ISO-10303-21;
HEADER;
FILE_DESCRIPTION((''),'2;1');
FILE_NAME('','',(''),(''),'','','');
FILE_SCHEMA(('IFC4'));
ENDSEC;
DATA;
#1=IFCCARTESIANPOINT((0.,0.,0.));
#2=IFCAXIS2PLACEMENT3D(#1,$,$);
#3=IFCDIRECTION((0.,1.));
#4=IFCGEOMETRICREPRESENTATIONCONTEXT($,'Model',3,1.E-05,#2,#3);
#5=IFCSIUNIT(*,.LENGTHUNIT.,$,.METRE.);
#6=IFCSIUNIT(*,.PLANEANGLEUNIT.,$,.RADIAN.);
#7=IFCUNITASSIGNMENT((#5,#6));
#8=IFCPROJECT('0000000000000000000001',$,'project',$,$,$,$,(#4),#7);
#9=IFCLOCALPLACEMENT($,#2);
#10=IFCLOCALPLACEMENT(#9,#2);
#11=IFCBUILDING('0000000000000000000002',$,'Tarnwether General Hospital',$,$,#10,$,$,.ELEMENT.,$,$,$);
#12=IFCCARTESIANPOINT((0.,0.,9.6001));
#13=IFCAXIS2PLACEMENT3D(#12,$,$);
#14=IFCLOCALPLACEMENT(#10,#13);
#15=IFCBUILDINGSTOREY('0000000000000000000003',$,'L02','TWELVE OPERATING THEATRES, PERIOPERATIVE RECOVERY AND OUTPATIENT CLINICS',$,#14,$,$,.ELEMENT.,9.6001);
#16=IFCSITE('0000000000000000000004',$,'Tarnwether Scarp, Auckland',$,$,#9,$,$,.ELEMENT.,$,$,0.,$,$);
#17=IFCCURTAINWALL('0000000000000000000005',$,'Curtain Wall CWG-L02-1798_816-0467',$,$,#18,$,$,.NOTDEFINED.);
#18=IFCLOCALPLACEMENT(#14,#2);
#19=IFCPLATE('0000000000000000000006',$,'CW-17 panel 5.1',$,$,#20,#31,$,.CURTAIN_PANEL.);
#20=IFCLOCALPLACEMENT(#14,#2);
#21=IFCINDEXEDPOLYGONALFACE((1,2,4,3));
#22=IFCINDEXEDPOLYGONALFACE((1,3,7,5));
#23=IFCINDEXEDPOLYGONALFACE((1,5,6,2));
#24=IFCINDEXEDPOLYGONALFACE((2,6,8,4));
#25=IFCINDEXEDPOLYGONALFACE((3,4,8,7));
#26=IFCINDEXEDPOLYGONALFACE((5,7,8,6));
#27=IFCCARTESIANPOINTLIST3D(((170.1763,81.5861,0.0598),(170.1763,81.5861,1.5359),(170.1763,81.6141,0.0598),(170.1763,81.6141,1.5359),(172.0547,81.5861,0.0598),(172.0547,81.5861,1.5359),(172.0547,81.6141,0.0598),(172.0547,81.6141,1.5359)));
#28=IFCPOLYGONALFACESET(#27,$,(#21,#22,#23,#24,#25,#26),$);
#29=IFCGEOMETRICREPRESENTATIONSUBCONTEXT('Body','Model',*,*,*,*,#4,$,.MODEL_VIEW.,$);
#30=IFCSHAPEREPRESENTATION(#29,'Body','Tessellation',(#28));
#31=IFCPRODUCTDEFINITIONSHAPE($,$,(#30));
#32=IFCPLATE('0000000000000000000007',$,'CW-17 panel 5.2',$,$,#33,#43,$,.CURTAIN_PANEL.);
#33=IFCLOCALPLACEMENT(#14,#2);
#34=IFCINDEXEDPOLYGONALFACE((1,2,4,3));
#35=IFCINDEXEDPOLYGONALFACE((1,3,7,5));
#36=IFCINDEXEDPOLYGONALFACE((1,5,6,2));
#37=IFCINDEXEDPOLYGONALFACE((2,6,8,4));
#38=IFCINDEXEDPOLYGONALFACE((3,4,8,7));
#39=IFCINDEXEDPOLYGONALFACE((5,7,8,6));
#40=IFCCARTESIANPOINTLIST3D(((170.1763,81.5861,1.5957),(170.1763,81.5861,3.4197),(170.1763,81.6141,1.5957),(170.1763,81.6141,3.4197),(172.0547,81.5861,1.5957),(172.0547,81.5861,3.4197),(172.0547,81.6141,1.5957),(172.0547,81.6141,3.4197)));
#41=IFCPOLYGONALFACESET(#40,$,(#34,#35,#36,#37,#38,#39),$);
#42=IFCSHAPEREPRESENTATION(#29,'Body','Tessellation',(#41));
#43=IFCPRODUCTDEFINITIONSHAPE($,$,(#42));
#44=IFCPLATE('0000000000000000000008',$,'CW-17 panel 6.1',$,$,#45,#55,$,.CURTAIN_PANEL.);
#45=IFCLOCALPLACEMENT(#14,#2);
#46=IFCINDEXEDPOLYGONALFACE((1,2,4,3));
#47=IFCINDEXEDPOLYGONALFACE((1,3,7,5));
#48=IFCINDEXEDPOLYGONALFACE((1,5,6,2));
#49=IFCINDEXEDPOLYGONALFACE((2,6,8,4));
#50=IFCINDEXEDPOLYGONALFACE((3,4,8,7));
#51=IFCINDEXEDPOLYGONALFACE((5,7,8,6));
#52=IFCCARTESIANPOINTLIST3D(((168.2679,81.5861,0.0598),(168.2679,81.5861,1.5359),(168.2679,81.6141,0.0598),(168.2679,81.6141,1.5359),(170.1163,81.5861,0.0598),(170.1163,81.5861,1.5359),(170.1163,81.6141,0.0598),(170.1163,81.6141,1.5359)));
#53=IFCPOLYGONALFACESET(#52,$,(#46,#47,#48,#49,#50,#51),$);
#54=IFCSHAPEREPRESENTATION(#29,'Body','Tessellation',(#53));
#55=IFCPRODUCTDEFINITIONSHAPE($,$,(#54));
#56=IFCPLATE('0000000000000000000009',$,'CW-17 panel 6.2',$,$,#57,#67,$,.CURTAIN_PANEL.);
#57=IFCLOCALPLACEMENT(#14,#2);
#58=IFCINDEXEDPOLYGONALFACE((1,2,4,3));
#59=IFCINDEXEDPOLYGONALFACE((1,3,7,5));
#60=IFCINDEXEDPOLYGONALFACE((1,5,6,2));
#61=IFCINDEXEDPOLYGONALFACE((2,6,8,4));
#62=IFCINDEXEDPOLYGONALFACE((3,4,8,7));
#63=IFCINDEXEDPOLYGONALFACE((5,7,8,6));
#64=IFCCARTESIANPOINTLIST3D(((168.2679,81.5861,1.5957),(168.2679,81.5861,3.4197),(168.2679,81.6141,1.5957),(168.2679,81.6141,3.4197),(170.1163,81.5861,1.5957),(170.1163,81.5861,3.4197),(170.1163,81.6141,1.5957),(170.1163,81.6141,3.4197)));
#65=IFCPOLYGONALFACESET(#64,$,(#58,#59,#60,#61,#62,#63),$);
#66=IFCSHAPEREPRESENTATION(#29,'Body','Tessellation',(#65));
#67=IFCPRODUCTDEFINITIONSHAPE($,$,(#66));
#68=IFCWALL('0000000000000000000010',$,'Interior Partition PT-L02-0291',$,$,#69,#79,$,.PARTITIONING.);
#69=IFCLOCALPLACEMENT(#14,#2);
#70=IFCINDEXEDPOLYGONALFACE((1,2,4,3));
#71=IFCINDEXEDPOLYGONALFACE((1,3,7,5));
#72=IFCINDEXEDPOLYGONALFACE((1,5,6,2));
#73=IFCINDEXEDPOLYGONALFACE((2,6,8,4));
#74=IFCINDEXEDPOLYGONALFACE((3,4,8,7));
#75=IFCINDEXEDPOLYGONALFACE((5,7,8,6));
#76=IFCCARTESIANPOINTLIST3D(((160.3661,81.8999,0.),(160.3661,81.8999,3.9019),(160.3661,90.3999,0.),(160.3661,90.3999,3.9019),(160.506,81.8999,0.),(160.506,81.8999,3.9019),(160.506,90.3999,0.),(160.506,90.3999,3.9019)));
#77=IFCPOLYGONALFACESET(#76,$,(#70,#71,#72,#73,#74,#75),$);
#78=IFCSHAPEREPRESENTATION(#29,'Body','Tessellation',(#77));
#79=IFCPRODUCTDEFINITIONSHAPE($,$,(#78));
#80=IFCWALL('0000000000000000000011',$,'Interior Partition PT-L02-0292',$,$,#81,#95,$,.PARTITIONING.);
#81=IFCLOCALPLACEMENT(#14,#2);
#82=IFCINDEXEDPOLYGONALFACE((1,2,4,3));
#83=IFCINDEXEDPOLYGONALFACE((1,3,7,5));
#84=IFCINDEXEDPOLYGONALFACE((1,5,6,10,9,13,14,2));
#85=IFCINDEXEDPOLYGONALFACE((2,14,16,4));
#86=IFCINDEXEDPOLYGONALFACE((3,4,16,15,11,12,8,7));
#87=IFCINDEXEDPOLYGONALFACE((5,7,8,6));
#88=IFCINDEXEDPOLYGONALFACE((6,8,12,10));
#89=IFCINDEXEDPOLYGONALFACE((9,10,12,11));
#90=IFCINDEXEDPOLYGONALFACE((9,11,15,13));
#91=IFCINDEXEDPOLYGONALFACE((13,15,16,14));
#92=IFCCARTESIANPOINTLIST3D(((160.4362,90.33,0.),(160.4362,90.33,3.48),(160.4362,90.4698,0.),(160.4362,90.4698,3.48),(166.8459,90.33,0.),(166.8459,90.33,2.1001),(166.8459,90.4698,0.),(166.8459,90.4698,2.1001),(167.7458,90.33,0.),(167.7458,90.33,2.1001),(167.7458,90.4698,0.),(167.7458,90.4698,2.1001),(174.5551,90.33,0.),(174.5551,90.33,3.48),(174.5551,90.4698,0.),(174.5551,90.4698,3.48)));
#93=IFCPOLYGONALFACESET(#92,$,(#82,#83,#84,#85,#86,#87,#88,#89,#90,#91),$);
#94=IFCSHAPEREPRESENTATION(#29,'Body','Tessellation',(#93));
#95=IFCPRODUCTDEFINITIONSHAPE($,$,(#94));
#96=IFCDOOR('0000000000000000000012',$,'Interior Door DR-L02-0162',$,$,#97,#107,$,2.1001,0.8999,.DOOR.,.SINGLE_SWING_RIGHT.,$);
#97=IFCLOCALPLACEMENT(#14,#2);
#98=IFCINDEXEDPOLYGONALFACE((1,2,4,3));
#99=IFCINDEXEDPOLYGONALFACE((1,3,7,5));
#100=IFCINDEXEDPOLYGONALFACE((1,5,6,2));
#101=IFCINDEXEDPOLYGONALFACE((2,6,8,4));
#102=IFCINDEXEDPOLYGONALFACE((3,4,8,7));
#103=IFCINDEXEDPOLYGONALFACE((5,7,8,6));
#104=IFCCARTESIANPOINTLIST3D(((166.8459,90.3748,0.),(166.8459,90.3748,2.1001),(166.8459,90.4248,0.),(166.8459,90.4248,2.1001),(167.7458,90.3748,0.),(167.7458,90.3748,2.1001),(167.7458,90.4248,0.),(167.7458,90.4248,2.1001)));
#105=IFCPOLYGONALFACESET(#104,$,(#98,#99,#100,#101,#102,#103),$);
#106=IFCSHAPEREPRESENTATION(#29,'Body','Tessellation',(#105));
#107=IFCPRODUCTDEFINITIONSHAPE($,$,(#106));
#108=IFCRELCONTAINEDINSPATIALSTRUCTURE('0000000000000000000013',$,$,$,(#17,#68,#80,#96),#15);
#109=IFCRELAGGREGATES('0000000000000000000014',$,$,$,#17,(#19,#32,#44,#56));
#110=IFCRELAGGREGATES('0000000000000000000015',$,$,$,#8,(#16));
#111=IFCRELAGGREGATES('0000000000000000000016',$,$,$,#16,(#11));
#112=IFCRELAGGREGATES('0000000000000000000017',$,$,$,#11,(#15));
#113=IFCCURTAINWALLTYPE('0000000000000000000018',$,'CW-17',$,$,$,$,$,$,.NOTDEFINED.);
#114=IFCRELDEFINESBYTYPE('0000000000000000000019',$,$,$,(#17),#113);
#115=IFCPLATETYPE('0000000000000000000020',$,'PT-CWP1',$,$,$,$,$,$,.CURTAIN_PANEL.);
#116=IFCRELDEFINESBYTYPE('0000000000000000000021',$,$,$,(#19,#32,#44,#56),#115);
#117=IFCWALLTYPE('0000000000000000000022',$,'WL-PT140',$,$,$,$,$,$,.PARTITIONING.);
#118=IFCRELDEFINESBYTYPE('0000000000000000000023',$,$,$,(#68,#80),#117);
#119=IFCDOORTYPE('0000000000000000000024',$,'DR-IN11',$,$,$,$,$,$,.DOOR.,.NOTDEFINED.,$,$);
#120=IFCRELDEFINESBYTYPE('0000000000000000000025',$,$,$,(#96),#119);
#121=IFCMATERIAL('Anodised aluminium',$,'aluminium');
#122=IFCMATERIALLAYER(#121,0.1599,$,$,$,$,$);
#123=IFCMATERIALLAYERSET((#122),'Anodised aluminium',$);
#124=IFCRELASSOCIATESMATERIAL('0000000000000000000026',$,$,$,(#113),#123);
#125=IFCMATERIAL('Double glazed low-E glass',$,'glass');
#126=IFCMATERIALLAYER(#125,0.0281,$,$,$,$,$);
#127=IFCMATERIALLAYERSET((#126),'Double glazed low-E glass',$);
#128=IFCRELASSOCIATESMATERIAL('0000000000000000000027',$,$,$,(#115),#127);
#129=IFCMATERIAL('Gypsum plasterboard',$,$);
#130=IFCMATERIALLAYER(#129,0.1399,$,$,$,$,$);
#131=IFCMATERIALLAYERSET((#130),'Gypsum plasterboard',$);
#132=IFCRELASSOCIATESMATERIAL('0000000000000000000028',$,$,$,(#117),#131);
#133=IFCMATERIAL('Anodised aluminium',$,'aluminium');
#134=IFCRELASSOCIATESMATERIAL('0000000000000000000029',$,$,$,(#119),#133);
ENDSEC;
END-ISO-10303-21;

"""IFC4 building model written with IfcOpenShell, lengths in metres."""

from ifc_helpers import new_model, si_unit, direction, frame, frame_2d, origin, origin_2d, place, context, subcontext, project, spatial, rectangle, extrude, material, layer, layer_set, type_object, element, fill, aggregate, save


model = new_model("IFC4")

# Units and contexts
model_context = context("Model", 3, precision=1e-05, world=origin(), true_north=direction((0.0, 1.0)))
body_context = subcontext(model_context, "Body", "Model", "MODEL_VIEW")
ifc_project = project(units=[si_unit("LENGTHUNIT", "METRE"), si_unit("PLANEANGLEUNIT", "RADIAN")], contexts=[model_context])

# Site, building, storey
site_placement = place(None, origin())
site = spatial("IfcSite", under=ifc_project, at=site_placement, Name="Tarnwether Scarp, Auckland", CompositionType="ELEMENT", RefElevation=0.0)
building_placement = place(site_placement, origin())
building = spatial("IfcBuilding", under=site, at=building_placement, Name="Tarnwether General Hospital", CompositionType="ELEMENT")
storey_placement = place(building_placement, frame((0.0, 0.0, 9.6001)))
storey = spatial("IfcBuildingStorey", under=building, at=storey_placement, Name="L02", Description="TWELVE OPERATING THEATRES, PERIOPERATIVE RECOVERY AND OUTPATIENT CLINICS", CompositionType="ELEMENT", Elevation=9.6001)

# Curtain wall, plates
ifc_material_1 = material(Name="Anodised aluminium", Category="aluminium")
ifc_layer_1 = layer(ifc_material_1, 0.1599)
ifc_layer_set_1 = layer_set([ifc_layer_1], Name="Anodised aluminium")
curtain_wall_type = type_object("IfcCurtainWallType", Name="CW-17", PredefinedType="NOTDEFINED", material=ifc_layer_set_1)
curtain_wall_placement = place(storey_placement, origin())
curtain_wall = element("IfcCurtainWall", 1, at=curtain_wall_placement, inside=storey, type_object=curtain_wall_type, Name="Curtain Wall CWG-L02-1798_816-0467", PredefinedType="NOTDEFINED")
ifc_material_2 = material(Name="Double glazed low-E glass", Category="glass")
ifc_layer_2 = layer(ifc_material_2, 0.0281)
ifc_layer_set_2 = layer_set([ifc_layer_2], Name="Double glazed low-E glass")
plate_type = type_object("IfcPlateType", Name="PT-CWP1", PredefinedType="CURTAIN_PANEL", material=ifc_layer_set_2)
plate_1_placement = place(storey_placement, frame((171.1155, 81.6001, 0.0598), z_axis=(0.0, 0.0, 1.0), x_axis=(-1.0, 0.0, 0.0)))
plate_1 = element("IfcPlate", 2, at=plate_1_placement, type_object=plate_type, Name="CW-17 panel 5.1", PredefinedType="CURTAIN_PANEL", context=body_context, shape_type="SweptSolid", body=[
    extrude(rectangle(XDim=1.8784, YDim=0.0281, at=origin_2d()), origin(), (0.0, 0.0, 1.0), 1.4761),
])
plate_2_placement = place(storey_placement, frame((171.1155, 81.6001, 1.5957), z_axis=(0.0, 0.0, 1.0), x_axis=(-1.0, 0.0, 0.0)))
plate_2 = element("IfcPlate", 3, at=plate_2_placement, type_object=plate_type, Name="CW-17 panel 5.2", PredefinedType="CURTAIN_PANEL", context=body_context, shape_type="SweptSolid", body=[
    extrude(rectangle(XDim=1.8784, YDim=0.0281, at=origin_2d()), origin(), (0.0, 0.0, 1.0), 1.824),
])
plate_3_placement = place(storey_placement, frame((169.1921, 81.6001, 0.0598), z_axis=(0.0, 0.0, 1.0), x_axis=(-1.0, 0.0, 0.0)))
plate_3 = element("IfcPlate", 4, at=plate_3_placement, type_object=plate_type, Name="CW-17 panel 6.1", PredefinedType="CURTAIN_PANEL", context=body_context, shape_type="SweptSolid", body=[
    extrude(rectangle(XDim=1.8484, YDim=0.0281, at=origin_2d()), origin(), (0.0, 0.0, 1.0), 1.4761),
])
plate_4_placement = place(storey_placement, frame((169.1921, 81.6001, 1.5957), z_axis=(0.0, 0.0, 1.0), x_axis=(-1.0, 0.0, 0.0)))
plate_4 = element("IfcPlate", 5, at=plate_4_placement, type_object=plate_type, Name="CW-17 panel 6.2", PredefinedType="CURTAIN_PANEL", context=body_context, shape_type="SweptSolid", body=[
    extrude(rectangle(XDim=1.8484, YDim=0.0281, at=origin_2d()), origin(), (0.0, 0.0, 1.0), 1.824),
])
aggregate(curtain_wall, [plate_1, plate_2, plate_3, plate_4])

# Wall
ifc_material_3 = material(Name="Gypsum plasterboard")
ifc_layer_3 = layer(ifc_material_3, 0.1399)
ifc_layer_set_3 = layer_set([ifc_layer_3], Name="Gypsum plasterboard")
wall_type = type_object("IfcWallType", Name="WL-PT140", PredefinedType="PARTITIONING", material=ifc_layer_set_3)
wall_1_placement = place(storey_placement, frame((160.436, 81.8999, 0.0), z_axis=(0.0, 0.0, 1.0), x_axis=(0.0, 1.0, 0.0)))
element("IfcWall", 6, at=wall_1_placement, inside=storey, type_object=wall_type, Name="Interior Partition PT-L02-0291", PredefinedType="PARTITIONING", context=body_context, shape_type="SweptSolid", body=[
    extrude(rectangle(XDim=8.5, YDim=0.1399, at=frame_2d((4.25, 0.0))), origin(), (0.0, 0.0, 1.0), 3.9019),
])

# Wall, opening, door
wall_2_placement = place(storey_placement, frame((160.436, 90.3999, 0.0), z_axis=(0.0, 0.0, 1.0), x_axis=(1.0, 0.0, 0.0)))
wall_2 = element("IfcWall", 7, at=wall_2_placement, inside=storey, type_object=wall_type, Name="Interior Partition PT-L02-0292", PredefinedType="PARTITIONING", context=body_context, shape_type="SweptSolid", body=[
    extrude(rectangle(XDim=14.1189, YDim=0.1399, at=frame_2d((7.0596, 0.0))), origin(), (0.0, 0.0, 1.0), 3.48),
])
opening_placement = place(wall_2_placement, frame((6.4099, 0.0, 0.0)))
opening = element("IfcOpeningElement", 8, at=opening_placement, cuts=wall_2, PredefinedType="OPENING", context=body_context, shape_type="SweptSolid", body=[
    extrude(rectangle(XDim=0.8999, YDim=2.1001, at=frame_2d((0.45, 1.05))), frame((0.0, 0.0801, 0.0), z_axis=(0.0, -1.0, 0.0), x_axis=(1.0, 0.0, 0.0)), (0.0, 0.0, 1.0), 0.1599),
])
ifc_material_4 = material(Name="Anodised aluminium", Category="aluminium")
door_type = type_object("IfcDoorType", Name="DR-IN11", OperationType="NOTDEFINED", PredefinedType="DOOR", material=ifc_material_4)
door_placement = place(opening_placement, origin())
door = element("IfcDoor", 9, at=door_placement, inside=storey, type_object=door_type, Name="Interior Door DR-L02-0162", OperationType="SINGLE_SWING_RIGHT", OverallHeight=2.1001, OverallWidth=0.8999, PredefinedType="DOOR", context=body_context, shape_type="SweptSolid", body=[
    extrude(rectangle(XDim=0.8999, YDim=2.1001, at=frame_2d((0.45, 1.05))), frame((0.0, 0.0249, 0.0), z_axis=(0.0, -1.0, 0.0), x_axis=(1.0, 0.0, 0.0)), (0.0, 0.0, 1.0), 0.05),
])
fill(opening, door)

save(model, "model.ifc")
